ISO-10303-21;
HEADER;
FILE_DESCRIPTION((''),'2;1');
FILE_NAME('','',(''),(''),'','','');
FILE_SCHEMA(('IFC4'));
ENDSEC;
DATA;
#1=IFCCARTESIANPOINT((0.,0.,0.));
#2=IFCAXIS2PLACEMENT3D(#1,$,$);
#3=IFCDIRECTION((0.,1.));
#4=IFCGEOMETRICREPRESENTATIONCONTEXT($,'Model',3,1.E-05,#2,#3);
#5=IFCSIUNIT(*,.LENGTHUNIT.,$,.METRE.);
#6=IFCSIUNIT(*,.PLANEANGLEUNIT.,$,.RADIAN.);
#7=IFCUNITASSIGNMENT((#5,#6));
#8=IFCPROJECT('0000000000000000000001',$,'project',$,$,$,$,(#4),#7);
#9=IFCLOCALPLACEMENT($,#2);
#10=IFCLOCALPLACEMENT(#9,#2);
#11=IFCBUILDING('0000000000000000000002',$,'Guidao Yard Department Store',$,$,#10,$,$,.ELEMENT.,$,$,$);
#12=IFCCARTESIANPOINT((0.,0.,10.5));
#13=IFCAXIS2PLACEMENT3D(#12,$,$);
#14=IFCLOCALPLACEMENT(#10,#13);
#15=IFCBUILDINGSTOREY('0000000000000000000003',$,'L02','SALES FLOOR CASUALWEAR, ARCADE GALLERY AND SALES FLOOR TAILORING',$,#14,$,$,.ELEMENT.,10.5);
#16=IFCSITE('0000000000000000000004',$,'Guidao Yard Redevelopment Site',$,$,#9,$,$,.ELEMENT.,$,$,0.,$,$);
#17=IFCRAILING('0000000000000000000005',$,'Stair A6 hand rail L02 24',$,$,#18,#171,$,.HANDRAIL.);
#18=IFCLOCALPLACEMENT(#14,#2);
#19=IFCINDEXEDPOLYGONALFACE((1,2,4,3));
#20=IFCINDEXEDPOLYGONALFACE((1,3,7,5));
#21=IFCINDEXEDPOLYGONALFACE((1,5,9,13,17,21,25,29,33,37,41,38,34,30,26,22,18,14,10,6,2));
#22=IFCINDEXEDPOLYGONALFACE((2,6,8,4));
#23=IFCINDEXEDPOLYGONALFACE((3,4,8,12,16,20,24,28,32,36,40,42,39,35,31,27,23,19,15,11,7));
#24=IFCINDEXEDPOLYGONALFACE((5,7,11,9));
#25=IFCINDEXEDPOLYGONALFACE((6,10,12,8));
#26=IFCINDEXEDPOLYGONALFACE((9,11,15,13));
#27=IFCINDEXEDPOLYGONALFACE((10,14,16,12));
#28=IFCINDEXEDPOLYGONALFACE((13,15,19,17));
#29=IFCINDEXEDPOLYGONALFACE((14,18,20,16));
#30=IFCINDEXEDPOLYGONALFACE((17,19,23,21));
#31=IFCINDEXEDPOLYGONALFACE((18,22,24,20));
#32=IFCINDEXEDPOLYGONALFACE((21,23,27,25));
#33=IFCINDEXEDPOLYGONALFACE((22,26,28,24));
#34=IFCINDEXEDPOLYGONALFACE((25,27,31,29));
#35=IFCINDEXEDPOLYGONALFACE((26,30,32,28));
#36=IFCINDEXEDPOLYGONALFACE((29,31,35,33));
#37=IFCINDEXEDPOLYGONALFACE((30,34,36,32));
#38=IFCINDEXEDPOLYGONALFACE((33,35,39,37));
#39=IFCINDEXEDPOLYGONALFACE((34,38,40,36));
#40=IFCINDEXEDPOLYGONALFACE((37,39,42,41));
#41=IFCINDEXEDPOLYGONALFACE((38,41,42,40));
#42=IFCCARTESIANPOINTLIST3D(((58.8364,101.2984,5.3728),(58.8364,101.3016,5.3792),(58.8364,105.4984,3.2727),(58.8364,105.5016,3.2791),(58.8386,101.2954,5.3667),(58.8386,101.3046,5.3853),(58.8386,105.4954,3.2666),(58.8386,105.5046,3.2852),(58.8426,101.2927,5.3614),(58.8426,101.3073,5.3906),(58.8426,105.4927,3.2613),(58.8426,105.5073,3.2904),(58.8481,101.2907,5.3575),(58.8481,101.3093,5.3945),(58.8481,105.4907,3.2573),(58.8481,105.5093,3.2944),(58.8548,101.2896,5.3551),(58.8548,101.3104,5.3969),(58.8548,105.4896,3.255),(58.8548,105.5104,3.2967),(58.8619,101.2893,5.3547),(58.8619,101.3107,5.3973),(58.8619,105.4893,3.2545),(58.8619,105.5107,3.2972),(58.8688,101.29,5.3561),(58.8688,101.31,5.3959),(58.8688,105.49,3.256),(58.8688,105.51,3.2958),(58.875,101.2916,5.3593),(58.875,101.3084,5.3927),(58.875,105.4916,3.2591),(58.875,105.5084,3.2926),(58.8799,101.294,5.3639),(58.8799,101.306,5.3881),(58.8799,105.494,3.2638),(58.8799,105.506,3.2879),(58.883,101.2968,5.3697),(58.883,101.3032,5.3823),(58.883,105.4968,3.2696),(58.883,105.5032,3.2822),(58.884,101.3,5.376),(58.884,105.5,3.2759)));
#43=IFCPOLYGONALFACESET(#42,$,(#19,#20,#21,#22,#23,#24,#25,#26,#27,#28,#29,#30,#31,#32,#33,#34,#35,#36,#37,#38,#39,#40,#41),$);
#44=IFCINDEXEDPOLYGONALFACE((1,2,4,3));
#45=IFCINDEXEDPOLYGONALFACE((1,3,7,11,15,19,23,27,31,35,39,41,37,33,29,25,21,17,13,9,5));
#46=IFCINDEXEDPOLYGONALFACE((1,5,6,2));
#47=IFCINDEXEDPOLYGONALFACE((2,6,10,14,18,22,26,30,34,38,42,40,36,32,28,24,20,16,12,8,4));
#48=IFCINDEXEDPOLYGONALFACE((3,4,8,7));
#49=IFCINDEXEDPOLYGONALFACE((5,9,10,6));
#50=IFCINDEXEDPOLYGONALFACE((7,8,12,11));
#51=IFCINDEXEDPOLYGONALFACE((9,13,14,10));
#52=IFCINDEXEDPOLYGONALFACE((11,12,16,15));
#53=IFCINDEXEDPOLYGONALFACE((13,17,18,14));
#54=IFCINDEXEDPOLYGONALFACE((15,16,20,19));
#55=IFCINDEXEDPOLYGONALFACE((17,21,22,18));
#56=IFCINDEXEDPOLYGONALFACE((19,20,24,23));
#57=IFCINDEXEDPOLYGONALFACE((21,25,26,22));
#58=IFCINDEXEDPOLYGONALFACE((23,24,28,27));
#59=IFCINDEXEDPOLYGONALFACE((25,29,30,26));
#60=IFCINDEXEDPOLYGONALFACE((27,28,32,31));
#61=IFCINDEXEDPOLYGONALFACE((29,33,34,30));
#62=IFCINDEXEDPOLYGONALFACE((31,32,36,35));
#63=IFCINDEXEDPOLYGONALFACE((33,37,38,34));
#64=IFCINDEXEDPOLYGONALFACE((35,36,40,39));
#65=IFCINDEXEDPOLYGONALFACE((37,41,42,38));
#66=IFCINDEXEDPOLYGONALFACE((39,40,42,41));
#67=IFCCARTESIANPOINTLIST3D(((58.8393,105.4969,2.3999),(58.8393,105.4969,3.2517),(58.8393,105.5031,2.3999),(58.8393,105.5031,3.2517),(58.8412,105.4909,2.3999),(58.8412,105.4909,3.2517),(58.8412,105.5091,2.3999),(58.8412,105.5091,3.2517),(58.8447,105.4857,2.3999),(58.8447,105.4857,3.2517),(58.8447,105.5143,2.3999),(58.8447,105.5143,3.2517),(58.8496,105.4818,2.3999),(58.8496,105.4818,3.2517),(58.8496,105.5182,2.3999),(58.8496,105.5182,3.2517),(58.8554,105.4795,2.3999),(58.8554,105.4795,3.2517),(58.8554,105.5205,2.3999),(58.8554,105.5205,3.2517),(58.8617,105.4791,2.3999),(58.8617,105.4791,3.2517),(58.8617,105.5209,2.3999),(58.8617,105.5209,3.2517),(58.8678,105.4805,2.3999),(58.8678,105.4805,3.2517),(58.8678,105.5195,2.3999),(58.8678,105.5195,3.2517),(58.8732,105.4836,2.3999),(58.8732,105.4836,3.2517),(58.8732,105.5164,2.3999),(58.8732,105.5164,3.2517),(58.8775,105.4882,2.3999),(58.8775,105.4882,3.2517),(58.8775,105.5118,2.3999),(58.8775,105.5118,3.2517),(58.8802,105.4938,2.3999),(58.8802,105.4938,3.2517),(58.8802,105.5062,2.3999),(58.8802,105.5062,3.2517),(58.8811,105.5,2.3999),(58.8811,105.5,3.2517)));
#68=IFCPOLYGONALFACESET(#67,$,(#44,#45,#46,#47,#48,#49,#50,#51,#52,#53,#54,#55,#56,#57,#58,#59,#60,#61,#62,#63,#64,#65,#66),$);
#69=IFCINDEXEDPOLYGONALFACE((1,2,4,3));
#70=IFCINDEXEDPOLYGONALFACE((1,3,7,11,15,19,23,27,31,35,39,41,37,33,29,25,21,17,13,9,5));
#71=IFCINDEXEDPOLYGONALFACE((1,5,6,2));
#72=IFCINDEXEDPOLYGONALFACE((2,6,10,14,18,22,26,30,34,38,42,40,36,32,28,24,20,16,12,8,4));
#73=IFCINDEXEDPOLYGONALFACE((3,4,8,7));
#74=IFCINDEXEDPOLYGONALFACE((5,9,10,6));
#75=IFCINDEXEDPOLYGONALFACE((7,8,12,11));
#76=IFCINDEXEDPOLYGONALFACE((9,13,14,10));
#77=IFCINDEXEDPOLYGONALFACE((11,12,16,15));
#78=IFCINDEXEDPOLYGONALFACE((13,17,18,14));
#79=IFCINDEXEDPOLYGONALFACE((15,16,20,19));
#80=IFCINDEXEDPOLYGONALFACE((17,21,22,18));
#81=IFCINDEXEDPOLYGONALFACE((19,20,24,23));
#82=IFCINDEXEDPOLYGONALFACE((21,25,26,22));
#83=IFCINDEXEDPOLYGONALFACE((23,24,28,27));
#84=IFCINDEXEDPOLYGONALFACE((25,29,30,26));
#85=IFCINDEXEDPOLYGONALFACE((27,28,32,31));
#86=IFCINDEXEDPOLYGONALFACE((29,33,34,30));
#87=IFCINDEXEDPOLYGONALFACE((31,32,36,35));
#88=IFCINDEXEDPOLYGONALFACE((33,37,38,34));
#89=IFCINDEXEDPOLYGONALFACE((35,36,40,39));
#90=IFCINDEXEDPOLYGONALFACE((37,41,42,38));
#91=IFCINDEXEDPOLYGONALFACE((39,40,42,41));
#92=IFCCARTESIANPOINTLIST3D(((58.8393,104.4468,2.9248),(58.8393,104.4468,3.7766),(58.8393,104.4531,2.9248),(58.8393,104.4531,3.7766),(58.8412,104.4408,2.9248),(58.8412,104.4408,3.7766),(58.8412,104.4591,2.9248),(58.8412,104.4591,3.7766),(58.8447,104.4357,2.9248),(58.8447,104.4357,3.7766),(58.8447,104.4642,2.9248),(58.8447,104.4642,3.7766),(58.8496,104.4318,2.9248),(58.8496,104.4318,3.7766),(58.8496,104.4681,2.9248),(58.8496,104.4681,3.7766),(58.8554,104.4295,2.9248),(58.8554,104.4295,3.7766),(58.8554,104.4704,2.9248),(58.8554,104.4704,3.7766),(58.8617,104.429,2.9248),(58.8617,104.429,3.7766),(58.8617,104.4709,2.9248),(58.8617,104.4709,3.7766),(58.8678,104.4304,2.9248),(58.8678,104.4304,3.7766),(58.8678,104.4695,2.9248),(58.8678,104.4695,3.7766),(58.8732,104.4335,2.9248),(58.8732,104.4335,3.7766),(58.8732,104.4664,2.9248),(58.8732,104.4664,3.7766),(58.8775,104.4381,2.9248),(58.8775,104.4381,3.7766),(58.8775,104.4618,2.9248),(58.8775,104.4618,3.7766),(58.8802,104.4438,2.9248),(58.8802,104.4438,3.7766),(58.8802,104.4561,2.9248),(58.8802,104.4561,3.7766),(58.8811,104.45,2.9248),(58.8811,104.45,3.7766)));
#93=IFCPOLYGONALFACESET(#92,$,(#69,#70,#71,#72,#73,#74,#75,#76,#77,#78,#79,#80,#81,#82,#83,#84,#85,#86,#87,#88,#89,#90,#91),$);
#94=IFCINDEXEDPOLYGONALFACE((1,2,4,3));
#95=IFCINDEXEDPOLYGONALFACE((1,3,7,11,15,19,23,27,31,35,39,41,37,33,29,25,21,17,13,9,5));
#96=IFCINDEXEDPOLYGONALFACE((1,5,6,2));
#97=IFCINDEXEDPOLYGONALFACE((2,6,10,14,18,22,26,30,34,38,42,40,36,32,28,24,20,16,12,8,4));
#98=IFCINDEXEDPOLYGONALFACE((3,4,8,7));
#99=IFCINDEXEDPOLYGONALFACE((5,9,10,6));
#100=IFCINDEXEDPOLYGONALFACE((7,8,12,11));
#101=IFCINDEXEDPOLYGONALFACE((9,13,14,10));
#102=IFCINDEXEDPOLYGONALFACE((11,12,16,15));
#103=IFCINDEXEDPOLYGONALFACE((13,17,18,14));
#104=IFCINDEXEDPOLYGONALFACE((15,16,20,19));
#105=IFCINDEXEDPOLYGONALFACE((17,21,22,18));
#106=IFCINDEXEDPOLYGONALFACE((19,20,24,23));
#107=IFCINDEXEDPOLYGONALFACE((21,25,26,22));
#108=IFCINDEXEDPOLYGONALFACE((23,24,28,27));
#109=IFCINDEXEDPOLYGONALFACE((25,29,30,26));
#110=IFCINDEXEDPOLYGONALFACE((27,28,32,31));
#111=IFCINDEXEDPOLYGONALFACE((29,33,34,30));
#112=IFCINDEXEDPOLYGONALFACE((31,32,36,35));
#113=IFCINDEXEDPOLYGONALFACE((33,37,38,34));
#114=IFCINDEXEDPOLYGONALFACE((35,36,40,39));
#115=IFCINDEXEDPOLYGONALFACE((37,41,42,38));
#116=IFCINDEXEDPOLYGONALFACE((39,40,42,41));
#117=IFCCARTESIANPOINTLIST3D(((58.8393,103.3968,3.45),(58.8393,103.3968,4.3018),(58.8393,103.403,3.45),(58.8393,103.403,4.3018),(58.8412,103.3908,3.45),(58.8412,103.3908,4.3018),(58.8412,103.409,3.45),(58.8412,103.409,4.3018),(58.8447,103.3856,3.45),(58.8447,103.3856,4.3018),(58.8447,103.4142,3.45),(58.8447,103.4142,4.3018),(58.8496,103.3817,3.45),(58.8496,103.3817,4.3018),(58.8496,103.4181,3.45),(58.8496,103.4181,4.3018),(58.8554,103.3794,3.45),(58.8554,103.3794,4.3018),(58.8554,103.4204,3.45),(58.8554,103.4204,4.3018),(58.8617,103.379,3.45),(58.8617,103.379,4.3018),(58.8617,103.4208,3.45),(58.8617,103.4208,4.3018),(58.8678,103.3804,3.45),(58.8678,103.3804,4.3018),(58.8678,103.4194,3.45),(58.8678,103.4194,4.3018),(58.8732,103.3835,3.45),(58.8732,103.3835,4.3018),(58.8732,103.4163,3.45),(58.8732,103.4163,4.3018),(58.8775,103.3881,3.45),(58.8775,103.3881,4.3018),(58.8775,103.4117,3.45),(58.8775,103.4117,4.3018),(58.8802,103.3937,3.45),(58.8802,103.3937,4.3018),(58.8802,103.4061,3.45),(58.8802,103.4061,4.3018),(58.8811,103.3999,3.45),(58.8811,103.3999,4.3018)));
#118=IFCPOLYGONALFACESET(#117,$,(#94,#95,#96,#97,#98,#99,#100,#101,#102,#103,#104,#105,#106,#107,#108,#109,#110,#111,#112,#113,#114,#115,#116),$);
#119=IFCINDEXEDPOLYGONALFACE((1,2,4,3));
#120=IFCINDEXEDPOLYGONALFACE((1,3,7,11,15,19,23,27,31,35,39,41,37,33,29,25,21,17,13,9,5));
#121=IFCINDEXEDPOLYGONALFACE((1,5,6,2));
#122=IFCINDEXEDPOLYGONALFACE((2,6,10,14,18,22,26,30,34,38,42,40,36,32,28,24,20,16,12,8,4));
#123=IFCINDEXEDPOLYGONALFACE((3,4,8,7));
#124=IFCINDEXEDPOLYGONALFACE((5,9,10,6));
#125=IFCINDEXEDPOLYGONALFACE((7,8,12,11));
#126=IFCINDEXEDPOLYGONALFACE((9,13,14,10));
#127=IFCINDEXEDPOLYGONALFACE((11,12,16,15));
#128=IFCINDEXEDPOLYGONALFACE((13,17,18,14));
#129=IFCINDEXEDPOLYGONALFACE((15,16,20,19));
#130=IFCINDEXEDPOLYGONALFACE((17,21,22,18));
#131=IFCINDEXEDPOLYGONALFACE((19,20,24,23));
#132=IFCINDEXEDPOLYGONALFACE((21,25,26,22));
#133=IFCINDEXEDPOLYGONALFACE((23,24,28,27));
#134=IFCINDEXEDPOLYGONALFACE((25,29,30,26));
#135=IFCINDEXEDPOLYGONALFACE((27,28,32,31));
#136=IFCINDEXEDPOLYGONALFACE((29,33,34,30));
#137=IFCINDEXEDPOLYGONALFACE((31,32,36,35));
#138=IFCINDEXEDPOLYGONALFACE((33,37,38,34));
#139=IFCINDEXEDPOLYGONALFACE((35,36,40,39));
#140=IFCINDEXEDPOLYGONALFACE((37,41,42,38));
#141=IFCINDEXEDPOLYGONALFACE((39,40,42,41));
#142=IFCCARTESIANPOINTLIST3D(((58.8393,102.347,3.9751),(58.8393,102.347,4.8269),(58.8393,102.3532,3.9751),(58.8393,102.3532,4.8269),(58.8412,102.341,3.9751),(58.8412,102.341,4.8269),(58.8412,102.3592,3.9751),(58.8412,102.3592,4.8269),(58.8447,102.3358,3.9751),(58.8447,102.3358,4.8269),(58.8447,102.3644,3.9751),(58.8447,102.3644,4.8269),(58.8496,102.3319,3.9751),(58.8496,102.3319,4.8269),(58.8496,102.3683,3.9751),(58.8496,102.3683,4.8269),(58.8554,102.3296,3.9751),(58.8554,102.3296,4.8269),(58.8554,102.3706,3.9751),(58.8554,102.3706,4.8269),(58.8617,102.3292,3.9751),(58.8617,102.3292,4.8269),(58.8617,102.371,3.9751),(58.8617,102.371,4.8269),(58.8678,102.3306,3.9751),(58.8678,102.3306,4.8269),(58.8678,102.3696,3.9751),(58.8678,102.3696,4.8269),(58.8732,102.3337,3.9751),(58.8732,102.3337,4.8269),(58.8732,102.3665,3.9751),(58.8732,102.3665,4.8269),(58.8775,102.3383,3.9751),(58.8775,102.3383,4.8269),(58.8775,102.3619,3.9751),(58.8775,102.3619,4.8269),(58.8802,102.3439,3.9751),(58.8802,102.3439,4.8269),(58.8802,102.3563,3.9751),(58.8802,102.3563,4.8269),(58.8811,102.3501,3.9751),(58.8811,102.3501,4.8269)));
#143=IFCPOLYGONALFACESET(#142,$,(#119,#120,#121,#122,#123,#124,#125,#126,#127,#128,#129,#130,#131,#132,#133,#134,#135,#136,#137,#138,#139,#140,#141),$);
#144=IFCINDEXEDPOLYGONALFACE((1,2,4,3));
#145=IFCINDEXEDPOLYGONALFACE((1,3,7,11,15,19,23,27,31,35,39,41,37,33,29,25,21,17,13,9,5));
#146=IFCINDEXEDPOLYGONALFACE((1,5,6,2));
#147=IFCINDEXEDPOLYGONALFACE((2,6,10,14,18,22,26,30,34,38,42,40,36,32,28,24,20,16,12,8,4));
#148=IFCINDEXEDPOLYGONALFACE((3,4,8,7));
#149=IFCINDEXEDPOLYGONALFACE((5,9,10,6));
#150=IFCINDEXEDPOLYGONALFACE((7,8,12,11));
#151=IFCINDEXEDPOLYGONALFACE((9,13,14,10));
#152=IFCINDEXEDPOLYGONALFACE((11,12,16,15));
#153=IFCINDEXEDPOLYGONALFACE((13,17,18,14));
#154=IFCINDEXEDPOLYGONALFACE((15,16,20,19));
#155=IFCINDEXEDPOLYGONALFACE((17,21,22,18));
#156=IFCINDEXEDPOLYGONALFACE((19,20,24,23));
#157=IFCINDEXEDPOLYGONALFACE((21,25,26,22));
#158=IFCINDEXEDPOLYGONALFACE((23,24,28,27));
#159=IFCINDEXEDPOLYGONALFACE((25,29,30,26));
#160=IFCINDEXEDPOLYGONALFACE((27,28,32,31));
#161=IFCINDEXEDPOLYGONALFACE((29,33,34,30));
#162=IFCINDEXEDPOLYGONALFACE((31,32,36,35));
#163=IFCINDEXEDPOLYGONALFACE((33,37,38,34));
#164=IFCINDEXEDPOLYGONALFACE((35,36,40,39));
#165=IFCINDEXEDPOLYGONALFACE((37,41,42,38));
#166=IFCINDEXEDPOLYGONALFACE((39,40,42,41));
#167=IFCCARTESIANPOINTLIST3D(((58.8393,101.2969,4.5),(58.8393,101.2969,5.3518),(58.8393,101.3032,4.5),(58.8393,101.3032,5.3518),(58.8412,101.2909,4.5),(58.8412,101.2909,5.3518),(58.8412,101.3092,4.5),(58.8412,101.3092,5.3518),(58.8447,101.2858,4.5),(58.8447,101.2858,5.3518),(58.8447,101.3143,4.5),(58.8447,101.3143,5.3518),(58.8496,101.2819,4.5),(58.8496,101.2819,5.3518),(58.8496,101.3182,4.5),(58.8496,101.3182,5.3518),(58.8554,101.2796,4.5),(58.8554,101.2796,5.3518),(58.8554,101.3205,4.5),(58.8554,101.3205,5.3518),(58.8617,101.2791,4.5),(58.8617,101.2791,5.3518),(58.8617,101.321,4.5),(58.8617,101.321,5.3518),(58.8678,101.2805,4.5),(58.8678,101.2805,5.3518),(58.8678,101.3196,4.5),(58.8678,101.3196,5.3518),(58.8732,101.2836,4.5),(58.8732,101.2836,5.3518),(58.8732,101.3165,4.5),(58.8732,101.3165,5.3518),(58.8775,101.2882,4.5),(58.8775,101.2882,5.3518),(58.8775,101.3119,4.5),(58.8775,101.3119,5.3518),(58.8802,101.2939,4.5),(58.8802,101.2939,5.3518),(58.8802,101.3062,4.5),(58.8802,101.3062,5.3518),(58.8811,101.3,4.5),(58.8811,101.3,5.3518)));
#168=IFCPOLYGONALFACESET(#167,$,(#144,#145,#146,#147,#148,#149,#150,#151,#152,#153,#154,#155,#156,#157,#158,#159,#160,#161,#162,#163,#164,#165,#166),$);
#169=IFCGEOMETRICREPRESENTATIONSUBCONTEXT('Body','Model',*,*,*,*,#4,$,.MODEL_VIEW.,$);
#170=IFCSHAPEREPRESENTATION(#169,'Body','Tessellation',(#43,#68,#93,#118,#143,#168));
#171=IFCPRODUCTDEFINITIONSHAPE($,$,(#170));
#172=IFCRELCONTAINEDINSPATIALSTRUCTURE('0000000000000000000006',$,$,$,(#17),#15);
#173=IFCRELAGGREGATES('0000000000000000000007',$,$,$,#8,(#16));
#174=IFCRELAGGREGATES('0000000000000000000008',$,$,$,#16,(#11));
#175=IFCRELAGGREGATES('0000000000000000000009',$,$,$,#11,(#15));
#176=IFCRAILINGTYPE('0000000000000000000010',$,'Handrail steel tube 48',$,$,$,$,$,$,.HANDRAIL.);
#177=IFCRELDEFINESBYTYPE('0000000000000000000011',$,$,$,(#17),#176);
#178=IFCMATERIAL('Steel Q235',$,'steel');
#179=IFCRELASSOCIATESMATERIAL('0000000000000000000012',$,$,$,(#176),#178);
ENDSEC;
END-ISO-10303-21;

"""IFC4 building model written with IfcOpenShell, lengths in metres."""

from ifc_helpers import new_model, si_unit, direction, frame, origin, origin_2d, place, context, subcontext, project, spatial, circle, extrude, material, type_object, element, save


model = new_model("IFC4")

# Units and contexts
model_context = context("Model", 3, precision=1e-05, world=origin(), true_north=direction((0.0, 1.0)))
body_context = subcontext(model_context, "Body", "Model", "MODEL_VIEW")
ifc_project = project(units=[si_unit("LENGTHUNIT", "METRE"), si_unit("PLANEANGLEUNIT", "RADIAN")], contexts=[model_context])

# Site, building, storey
site_placement = place(None, origin())
site = spatial("IfcSite", under=ifc_project, at=site_placement, Name="Guidao Yard Redevelopment Site", CompositionType="ELEMENT", RefElevation=0.0)
building_placement = place(site_placement, origin())
building = spatial("IfcBuilding", under=site, at=building_placement, Name="Guidao Yard Department Store", CompositionType="ELEMENT")
storey_placement = place(building_placement, frame((0.0, 0.0, 10.5)))
storey = spatial("IfcBuildingStorey", under=building, at=storey_placement, Name="L02", Description="SALES FLOOR CASUALWEAR, ARCADE GALLERY AND SALES FLOOR TAILORING", CompositionType="ELEMENT", Elevation=10.5)

# Railing
ifc_material_1 = material(Name="Steel Q235", Category="steel")
railing_type_1 = type_object("IfcRailingType", Name="Handrail steel tube 48", PredefinedType="HANDRAIL", material=ifc_material_1)
for number, where, name in (
    (1, (58.8601, 105.5, 2.3999), "Stair A6 hand rail L02 24"),
):
    element("IfcRailing", number, at=place(storey_placement, frame(where)), inside=storey, type_object=railing_type_1, Name=name, PredefinedType="HANDRAIL", context=body_context, shape_type="SweptSolid", body=[
        extrude(circle(Radius=0.0239, at=origin_2d()), frame((0.0, 0.0, 0.876), z_axis=(0.0, -0.894417, 0.447234), x_axis=(1.0, 0.0, 0.0)), (0.0, 0.0, 1.0), 4.6958),
        extrude(circle(Radius=0.021, at=origin_2d()), origin(), (0.0, 0.0, 1.0), 0.8518),
        extrude(circle(Radius=0.021, at=origin_2d()), frame((0.0, -1.05, 0.5249)), (0.0, 0.0, 1.0), 0.8518),
        extrude(circle(Radius=0.021, at=origin_2d()), frame((0.0, -2.1001, 1.05)), (0.0, 0.0, 1.0), 0.8518),
        extrude(circle(Radius=0.021, at=origin_2d()), frame((0.0, -3.1499, 1.5752)), (0.0, 0.0, 1.0), 0.8518),
        extrude(circle(Radius=0.021, at=origin_2d()), frame((0.0, -4.2, 2.1001)), (0.0, 0.0, 1.0), 0.8518),
    ])

save(model, "model.ifc")
